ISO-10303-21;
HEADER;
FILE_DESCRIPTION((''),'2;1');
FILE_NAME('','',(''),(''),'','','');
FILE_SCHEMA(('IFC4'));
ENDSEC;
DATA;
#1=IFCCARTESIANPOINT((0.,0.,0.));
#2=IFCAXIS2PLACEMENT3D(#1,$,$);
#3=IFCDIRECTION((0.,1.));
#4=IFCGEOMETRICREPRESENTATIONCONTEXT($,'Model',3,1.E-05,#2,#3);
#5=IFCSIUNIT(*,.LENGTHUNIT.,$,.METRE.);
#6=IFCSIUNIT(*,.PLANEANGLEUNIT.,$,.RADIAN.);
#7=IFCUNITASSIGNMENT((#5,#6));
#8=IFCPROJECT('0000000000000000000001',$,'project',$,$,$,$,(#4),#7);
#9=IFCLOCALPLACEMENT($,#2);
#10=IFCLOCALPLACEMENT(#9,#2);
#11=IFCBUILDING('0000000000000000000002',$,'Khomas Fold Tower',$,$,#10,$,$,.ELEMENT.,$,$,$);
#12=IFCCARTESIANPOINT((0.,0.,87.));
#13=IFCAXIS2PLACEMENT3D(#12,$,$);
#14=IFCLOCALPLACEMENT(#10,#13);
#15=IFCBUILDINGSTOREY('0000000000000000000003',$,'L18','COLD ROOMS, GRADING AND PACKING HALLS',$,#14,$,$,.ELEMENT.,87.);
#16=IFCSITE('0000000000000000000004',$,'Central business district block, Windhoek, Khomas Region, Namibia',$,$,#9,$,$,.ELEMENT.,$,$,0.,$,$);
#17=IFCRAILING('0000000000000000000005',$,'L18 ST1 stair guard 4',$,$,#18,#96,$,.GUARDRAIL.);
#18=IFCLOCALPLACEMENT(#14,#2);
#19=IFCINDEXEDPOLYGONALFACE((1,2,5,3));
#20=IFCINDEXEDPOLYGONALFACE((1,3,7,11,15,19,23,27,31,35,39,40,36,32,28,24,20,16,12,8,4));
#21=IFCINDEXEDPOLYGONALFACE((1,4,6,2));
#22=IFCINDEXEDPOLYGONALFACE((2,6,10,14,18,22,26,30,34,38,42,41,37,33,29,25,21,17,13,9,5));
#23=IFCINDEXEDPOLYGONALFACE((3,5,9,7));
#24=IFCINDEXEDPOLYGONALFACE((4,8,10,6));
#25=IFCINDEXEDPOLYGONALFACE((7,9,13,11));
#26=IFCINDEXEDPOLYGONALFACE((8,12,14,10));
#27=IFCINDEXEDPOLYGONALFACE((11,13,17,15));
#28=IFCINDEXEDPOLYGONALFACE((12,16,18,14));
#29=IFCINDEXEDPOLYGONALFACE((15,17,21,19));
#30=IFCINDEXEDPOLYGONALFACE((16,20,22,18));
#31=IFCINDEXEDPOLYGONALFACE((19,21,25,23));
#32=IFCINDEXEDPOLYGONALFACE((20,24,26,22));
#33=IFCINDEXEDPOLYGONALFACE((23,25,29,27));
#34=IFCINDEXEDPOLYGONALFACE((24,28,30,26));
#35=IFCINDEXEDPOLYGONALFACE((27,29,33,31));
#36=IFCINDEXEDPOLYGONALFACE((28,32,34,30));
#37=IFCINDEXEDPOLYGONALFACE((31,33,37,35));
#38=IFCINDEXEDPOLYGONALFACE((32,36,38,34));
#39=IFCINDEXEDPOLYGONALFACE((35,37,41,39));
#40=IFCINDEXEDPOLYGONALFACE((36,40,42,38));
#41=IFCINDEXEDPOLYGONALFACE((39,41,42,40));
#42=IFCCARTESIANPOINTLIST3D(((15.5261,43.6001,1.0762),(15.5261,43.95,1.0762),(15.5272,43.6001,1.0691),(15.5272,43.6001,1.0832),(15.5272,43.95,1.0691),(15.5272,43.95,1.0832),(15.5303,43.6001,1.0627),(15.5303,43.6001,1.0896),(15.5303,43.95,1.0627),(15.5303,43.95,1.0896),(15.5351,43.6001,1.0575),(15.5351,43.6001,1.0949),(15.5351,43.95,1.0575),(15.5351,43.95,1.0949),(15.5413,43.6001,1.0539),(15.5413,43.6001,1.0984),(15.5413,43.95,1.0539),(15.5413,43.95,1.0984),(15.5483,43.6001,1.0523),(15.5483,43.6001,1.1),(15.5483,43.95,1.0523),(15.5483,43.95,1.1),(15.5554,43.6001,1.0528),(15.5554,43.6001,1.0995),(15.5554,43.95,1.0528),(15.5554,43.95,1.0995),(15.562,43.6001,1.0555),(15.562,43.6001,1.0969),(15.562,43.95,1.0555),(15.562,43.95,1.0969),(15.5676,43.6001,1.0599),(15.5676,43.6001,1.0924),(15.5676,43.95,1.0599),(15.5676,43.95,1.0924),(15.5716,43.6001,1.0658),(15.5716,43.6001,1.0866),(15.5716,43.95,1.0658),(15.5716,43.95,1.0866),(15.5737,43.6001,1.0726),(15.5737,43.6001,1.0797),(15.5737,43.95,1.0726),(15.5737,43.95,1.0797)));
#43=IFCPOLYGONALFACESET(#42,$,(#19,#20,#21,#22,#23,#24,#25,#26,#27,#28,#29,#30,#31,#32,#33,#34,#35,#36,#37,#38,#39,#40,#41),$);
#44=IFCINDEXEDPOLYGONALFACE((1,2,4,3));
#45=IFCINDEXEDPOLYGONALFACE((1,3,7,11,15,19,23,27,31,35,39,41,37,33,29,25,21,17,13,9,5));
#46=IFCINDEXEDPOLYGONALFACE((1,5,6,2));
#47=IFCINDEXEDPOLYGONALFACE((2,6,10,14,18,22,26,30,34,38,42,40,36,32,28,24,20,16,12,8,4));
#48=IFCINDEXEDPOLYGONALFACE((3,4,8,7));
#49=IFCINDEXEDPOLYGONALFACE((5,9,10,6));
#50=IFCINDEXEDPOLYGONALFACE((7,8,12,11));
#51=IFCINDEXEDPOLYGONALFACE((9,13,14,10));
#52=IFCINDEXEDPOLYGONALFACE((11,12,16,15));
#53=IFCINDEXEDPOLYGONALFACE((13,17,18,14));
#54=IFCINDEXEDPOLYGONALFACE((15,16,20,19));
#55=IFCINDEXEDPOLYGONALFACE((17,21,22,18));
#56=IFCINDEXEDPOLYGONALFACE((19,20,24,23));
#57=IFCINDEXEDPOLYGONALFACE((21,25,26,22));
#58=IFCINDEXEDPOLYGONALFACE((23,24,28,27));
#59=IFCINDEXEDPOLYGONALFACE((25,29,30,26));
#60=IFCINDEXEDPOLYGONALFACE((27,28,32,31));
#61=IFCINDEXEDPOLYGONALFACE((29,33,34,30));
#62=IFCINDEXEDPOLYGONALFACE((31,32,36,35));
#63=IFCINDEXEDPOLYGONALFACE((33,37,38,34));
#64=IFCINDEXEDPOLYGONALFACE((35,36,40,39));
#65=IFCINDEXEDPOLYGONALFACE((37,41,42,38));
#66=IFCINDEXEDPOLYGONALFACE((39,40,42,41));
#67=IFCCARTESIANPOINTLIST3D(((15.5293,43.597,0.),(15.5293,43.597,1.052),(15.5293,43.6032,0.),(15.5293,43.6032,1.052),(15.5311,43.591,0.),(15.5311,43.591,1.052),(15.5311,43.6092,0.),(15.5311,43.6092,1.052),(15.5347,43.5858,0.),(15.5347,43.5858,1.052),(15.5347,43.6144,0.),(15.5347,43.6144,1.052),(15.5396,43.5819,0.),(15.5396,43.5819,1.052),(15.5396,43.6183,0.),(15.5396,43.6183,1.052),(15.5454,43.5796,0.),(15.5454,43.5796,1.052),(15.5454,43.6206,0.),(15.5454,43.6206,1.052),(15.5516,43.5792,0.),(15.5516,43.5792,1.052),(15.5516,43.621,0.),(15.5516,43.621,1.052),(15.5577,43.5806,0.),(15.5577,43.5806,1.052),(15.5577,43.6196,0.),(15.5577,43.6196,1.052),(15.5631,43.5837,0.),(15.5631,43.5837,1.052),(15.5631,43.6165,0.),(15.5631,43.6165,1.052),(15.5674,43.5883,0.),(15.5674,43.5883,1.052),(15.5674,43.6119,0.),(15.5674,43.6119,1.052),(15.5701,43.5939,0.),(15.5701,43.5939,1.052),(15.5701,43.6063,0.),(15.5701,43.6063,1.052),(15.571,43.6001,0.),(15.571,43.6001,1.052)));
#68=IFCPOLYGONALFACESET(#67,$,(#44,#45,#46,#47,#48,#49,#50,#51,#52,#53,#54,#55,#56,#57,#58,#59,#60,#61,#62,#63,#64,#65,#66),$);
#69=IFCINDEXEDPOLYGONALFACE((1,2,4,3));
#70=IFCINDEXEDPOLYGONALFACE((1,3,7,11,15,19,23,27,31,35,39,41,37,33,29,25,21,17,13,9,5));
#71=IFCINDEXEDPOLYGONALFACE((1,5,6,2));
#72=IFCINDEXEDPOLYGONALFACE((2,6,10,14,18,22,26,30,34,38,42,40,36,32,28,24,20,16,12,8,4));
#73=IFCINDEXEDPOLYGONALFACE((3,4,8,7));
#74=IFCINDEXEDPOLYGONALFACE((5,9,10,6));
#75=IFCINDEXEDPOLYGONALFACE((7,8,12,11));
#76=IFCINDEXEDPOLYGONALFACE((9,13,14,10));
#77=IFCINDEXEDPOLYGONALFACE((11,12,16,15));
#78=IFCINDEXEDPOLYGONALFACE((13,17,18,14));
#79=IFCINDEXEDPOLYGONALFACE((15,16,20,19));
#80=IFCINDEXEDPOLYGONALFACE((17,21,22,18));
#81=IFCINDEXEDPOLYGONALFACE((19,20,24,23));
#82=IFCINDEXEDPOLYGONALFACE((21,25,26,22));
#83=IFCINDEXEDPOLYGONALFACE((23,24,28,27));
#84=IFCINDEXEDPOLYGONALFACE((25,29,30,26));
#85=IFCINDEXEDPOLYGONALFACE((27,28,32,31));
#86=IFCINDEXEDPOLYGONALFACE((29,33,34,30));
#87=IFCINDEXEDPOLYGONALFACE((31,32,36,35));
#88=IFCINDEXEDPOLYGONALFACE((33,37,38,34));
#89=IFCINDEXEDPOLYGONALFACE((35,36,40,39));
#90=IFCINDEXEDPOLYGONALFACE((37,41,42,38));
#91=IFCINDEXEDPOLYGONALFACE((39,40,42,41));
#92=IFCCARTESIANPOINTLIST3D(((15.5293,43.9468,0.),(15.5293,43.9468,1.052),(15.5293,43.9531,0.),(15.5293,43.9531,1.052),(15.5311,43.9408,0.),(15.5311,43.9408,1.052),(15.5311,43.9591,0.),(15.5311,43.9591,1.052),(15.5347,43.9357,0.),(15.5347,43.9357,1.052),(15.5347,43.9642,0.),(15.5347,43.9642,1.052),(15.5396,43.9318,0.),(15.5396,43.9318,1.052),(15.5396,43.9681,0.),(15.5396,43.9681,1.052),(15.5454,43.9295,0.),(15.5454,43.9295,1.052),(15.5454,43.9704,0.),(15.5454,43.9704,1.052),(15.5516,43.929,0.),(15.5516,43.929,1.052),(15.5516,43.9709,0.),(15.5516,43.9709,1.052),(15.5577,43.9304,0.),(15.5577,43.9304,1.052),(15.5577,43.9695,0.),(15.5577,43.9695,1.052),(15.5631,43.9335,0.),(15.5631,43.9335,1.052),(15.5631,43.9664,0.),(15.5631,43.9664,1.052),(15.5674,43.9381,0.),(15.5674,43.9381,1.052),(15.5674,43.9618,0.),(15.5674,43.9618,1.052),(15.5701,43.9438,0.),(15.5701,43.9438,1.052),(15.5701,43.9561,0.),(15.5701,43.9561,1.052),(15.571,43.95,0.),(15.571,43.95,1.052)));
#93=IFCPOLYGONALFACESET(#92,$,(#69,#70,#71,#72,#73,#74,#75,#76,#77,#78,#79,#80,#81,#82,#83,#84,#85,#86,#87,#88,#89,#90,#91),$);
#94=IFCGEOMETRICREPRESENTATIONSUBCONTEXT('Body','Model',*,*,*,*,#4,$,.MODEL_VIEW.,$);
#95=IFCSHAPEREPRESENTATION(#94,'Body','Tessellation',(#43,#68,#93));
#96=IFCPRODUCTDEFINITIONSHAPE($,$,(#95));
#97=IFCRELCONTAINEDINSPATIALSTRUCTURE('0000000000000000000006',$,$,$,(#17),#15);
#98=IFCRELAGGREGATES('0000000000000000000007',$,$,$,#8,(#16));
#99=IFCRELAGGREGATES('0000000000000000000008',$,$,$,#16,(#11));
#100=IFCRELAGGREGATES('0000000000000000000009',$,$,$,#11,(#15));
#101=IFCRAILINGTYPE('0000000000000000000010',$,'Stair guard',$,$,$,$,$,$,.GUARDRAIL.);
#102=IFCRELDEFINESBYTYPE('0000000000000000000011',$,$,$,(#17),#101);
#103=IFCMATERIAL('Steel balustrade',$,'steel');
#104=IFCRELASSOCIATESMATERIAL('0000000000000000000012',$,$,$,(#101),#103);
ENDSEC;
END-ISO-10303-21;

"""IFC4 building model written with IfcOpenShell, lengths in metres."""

from ifc_helpers import new_model, si_unit, direction, frame, origin, origin_2d, place, context, subcontext, project, spatial, circle, extrude, source, transform, mapped, material, type_object, element, save


model = new_model("IFC4")

# Units and contexts
model_context = context("Model", 3, precision=1e-05, world=origin(), true_north=direction((0.0, 1.0)))
body_context = subcontext(model_context, "Body", "Model", "MODEL_VIEW")
ifc_project = project(units=[si_unit("LENGTHUNIT", "METRE"), si_unit("PLANEANGLEUNIT", "RADIAN")], contexts=[model_context])

# Site, building, storey
site_placement = place(None, origin())
site = spatial("IfcSite", under=ifc_project, at=site_placement, Name="Central business district block, Windhoek, Khomas Region, Namibia", CompositionType="ELEMENT", RefElevation=0.0)
building_placement = place(site_placement, origin())
building = spatial("IfcBuilding", under=site, at=building_placement, Name="Khomas Fold Tower", CompositionType="ELEMENT")
storey_placement = place(building_placement, frame((0.0, 0.0, 87.0)))
storey = spatial("IfcBuildingStorey", under=building, at=storey_placement, Name="L18", Description="COLD ROOMS, GRADING AND PACKING HALLS", CompositionType="ELEMENT", Elevation=87.0)

# Railing
ifc_material_1 = material(Name="Steel balustrade", Category="steel")
railing_type_1 = type_object("IfcRailingType", Name="Stair guard", PredefinedType="GUARDRAIL", material=ifc_material_1)
shared_shape_1 = source(origin(), body_context, "Body", "SweptSolid", [
    extrude(circle(Radius=0.0239, at=origin_2d()), frame((0.0, 0.0, 1.0762), z_axis=(0.0, 1.0, 0.0), x_axis=(-1.0, 0.0, 0.0)), (0.0, 0.0, 1.0), 0.3499),
    extrude(circle(Radius=0.021, at=origin_2d()), origin(), (0.0, 0.0, 1.0), 1.052),
    extrude(circle(Radius=0.021, at=origin_2d()), frame((0.0, 0.3499, 0.0)), (0.0, 0.0, 1.0), 1.052),
])
railing_1_placement = place(storey_placement, frame((15.55, 43.6001, 0.0)))
element("IfcRailing", 1, at=railing_1_placement, inside=storey, type_object=railing_type_1, Name="L18 ST1 stair guard 4", PredefinedType="GUARDRAIL", context=body_context, shape_type="MappedRepresentation", body=[
    mapped(shared_shape_1, transform((0.0, 0.0, 0.0))),
])

save(model, "model.ifc")
